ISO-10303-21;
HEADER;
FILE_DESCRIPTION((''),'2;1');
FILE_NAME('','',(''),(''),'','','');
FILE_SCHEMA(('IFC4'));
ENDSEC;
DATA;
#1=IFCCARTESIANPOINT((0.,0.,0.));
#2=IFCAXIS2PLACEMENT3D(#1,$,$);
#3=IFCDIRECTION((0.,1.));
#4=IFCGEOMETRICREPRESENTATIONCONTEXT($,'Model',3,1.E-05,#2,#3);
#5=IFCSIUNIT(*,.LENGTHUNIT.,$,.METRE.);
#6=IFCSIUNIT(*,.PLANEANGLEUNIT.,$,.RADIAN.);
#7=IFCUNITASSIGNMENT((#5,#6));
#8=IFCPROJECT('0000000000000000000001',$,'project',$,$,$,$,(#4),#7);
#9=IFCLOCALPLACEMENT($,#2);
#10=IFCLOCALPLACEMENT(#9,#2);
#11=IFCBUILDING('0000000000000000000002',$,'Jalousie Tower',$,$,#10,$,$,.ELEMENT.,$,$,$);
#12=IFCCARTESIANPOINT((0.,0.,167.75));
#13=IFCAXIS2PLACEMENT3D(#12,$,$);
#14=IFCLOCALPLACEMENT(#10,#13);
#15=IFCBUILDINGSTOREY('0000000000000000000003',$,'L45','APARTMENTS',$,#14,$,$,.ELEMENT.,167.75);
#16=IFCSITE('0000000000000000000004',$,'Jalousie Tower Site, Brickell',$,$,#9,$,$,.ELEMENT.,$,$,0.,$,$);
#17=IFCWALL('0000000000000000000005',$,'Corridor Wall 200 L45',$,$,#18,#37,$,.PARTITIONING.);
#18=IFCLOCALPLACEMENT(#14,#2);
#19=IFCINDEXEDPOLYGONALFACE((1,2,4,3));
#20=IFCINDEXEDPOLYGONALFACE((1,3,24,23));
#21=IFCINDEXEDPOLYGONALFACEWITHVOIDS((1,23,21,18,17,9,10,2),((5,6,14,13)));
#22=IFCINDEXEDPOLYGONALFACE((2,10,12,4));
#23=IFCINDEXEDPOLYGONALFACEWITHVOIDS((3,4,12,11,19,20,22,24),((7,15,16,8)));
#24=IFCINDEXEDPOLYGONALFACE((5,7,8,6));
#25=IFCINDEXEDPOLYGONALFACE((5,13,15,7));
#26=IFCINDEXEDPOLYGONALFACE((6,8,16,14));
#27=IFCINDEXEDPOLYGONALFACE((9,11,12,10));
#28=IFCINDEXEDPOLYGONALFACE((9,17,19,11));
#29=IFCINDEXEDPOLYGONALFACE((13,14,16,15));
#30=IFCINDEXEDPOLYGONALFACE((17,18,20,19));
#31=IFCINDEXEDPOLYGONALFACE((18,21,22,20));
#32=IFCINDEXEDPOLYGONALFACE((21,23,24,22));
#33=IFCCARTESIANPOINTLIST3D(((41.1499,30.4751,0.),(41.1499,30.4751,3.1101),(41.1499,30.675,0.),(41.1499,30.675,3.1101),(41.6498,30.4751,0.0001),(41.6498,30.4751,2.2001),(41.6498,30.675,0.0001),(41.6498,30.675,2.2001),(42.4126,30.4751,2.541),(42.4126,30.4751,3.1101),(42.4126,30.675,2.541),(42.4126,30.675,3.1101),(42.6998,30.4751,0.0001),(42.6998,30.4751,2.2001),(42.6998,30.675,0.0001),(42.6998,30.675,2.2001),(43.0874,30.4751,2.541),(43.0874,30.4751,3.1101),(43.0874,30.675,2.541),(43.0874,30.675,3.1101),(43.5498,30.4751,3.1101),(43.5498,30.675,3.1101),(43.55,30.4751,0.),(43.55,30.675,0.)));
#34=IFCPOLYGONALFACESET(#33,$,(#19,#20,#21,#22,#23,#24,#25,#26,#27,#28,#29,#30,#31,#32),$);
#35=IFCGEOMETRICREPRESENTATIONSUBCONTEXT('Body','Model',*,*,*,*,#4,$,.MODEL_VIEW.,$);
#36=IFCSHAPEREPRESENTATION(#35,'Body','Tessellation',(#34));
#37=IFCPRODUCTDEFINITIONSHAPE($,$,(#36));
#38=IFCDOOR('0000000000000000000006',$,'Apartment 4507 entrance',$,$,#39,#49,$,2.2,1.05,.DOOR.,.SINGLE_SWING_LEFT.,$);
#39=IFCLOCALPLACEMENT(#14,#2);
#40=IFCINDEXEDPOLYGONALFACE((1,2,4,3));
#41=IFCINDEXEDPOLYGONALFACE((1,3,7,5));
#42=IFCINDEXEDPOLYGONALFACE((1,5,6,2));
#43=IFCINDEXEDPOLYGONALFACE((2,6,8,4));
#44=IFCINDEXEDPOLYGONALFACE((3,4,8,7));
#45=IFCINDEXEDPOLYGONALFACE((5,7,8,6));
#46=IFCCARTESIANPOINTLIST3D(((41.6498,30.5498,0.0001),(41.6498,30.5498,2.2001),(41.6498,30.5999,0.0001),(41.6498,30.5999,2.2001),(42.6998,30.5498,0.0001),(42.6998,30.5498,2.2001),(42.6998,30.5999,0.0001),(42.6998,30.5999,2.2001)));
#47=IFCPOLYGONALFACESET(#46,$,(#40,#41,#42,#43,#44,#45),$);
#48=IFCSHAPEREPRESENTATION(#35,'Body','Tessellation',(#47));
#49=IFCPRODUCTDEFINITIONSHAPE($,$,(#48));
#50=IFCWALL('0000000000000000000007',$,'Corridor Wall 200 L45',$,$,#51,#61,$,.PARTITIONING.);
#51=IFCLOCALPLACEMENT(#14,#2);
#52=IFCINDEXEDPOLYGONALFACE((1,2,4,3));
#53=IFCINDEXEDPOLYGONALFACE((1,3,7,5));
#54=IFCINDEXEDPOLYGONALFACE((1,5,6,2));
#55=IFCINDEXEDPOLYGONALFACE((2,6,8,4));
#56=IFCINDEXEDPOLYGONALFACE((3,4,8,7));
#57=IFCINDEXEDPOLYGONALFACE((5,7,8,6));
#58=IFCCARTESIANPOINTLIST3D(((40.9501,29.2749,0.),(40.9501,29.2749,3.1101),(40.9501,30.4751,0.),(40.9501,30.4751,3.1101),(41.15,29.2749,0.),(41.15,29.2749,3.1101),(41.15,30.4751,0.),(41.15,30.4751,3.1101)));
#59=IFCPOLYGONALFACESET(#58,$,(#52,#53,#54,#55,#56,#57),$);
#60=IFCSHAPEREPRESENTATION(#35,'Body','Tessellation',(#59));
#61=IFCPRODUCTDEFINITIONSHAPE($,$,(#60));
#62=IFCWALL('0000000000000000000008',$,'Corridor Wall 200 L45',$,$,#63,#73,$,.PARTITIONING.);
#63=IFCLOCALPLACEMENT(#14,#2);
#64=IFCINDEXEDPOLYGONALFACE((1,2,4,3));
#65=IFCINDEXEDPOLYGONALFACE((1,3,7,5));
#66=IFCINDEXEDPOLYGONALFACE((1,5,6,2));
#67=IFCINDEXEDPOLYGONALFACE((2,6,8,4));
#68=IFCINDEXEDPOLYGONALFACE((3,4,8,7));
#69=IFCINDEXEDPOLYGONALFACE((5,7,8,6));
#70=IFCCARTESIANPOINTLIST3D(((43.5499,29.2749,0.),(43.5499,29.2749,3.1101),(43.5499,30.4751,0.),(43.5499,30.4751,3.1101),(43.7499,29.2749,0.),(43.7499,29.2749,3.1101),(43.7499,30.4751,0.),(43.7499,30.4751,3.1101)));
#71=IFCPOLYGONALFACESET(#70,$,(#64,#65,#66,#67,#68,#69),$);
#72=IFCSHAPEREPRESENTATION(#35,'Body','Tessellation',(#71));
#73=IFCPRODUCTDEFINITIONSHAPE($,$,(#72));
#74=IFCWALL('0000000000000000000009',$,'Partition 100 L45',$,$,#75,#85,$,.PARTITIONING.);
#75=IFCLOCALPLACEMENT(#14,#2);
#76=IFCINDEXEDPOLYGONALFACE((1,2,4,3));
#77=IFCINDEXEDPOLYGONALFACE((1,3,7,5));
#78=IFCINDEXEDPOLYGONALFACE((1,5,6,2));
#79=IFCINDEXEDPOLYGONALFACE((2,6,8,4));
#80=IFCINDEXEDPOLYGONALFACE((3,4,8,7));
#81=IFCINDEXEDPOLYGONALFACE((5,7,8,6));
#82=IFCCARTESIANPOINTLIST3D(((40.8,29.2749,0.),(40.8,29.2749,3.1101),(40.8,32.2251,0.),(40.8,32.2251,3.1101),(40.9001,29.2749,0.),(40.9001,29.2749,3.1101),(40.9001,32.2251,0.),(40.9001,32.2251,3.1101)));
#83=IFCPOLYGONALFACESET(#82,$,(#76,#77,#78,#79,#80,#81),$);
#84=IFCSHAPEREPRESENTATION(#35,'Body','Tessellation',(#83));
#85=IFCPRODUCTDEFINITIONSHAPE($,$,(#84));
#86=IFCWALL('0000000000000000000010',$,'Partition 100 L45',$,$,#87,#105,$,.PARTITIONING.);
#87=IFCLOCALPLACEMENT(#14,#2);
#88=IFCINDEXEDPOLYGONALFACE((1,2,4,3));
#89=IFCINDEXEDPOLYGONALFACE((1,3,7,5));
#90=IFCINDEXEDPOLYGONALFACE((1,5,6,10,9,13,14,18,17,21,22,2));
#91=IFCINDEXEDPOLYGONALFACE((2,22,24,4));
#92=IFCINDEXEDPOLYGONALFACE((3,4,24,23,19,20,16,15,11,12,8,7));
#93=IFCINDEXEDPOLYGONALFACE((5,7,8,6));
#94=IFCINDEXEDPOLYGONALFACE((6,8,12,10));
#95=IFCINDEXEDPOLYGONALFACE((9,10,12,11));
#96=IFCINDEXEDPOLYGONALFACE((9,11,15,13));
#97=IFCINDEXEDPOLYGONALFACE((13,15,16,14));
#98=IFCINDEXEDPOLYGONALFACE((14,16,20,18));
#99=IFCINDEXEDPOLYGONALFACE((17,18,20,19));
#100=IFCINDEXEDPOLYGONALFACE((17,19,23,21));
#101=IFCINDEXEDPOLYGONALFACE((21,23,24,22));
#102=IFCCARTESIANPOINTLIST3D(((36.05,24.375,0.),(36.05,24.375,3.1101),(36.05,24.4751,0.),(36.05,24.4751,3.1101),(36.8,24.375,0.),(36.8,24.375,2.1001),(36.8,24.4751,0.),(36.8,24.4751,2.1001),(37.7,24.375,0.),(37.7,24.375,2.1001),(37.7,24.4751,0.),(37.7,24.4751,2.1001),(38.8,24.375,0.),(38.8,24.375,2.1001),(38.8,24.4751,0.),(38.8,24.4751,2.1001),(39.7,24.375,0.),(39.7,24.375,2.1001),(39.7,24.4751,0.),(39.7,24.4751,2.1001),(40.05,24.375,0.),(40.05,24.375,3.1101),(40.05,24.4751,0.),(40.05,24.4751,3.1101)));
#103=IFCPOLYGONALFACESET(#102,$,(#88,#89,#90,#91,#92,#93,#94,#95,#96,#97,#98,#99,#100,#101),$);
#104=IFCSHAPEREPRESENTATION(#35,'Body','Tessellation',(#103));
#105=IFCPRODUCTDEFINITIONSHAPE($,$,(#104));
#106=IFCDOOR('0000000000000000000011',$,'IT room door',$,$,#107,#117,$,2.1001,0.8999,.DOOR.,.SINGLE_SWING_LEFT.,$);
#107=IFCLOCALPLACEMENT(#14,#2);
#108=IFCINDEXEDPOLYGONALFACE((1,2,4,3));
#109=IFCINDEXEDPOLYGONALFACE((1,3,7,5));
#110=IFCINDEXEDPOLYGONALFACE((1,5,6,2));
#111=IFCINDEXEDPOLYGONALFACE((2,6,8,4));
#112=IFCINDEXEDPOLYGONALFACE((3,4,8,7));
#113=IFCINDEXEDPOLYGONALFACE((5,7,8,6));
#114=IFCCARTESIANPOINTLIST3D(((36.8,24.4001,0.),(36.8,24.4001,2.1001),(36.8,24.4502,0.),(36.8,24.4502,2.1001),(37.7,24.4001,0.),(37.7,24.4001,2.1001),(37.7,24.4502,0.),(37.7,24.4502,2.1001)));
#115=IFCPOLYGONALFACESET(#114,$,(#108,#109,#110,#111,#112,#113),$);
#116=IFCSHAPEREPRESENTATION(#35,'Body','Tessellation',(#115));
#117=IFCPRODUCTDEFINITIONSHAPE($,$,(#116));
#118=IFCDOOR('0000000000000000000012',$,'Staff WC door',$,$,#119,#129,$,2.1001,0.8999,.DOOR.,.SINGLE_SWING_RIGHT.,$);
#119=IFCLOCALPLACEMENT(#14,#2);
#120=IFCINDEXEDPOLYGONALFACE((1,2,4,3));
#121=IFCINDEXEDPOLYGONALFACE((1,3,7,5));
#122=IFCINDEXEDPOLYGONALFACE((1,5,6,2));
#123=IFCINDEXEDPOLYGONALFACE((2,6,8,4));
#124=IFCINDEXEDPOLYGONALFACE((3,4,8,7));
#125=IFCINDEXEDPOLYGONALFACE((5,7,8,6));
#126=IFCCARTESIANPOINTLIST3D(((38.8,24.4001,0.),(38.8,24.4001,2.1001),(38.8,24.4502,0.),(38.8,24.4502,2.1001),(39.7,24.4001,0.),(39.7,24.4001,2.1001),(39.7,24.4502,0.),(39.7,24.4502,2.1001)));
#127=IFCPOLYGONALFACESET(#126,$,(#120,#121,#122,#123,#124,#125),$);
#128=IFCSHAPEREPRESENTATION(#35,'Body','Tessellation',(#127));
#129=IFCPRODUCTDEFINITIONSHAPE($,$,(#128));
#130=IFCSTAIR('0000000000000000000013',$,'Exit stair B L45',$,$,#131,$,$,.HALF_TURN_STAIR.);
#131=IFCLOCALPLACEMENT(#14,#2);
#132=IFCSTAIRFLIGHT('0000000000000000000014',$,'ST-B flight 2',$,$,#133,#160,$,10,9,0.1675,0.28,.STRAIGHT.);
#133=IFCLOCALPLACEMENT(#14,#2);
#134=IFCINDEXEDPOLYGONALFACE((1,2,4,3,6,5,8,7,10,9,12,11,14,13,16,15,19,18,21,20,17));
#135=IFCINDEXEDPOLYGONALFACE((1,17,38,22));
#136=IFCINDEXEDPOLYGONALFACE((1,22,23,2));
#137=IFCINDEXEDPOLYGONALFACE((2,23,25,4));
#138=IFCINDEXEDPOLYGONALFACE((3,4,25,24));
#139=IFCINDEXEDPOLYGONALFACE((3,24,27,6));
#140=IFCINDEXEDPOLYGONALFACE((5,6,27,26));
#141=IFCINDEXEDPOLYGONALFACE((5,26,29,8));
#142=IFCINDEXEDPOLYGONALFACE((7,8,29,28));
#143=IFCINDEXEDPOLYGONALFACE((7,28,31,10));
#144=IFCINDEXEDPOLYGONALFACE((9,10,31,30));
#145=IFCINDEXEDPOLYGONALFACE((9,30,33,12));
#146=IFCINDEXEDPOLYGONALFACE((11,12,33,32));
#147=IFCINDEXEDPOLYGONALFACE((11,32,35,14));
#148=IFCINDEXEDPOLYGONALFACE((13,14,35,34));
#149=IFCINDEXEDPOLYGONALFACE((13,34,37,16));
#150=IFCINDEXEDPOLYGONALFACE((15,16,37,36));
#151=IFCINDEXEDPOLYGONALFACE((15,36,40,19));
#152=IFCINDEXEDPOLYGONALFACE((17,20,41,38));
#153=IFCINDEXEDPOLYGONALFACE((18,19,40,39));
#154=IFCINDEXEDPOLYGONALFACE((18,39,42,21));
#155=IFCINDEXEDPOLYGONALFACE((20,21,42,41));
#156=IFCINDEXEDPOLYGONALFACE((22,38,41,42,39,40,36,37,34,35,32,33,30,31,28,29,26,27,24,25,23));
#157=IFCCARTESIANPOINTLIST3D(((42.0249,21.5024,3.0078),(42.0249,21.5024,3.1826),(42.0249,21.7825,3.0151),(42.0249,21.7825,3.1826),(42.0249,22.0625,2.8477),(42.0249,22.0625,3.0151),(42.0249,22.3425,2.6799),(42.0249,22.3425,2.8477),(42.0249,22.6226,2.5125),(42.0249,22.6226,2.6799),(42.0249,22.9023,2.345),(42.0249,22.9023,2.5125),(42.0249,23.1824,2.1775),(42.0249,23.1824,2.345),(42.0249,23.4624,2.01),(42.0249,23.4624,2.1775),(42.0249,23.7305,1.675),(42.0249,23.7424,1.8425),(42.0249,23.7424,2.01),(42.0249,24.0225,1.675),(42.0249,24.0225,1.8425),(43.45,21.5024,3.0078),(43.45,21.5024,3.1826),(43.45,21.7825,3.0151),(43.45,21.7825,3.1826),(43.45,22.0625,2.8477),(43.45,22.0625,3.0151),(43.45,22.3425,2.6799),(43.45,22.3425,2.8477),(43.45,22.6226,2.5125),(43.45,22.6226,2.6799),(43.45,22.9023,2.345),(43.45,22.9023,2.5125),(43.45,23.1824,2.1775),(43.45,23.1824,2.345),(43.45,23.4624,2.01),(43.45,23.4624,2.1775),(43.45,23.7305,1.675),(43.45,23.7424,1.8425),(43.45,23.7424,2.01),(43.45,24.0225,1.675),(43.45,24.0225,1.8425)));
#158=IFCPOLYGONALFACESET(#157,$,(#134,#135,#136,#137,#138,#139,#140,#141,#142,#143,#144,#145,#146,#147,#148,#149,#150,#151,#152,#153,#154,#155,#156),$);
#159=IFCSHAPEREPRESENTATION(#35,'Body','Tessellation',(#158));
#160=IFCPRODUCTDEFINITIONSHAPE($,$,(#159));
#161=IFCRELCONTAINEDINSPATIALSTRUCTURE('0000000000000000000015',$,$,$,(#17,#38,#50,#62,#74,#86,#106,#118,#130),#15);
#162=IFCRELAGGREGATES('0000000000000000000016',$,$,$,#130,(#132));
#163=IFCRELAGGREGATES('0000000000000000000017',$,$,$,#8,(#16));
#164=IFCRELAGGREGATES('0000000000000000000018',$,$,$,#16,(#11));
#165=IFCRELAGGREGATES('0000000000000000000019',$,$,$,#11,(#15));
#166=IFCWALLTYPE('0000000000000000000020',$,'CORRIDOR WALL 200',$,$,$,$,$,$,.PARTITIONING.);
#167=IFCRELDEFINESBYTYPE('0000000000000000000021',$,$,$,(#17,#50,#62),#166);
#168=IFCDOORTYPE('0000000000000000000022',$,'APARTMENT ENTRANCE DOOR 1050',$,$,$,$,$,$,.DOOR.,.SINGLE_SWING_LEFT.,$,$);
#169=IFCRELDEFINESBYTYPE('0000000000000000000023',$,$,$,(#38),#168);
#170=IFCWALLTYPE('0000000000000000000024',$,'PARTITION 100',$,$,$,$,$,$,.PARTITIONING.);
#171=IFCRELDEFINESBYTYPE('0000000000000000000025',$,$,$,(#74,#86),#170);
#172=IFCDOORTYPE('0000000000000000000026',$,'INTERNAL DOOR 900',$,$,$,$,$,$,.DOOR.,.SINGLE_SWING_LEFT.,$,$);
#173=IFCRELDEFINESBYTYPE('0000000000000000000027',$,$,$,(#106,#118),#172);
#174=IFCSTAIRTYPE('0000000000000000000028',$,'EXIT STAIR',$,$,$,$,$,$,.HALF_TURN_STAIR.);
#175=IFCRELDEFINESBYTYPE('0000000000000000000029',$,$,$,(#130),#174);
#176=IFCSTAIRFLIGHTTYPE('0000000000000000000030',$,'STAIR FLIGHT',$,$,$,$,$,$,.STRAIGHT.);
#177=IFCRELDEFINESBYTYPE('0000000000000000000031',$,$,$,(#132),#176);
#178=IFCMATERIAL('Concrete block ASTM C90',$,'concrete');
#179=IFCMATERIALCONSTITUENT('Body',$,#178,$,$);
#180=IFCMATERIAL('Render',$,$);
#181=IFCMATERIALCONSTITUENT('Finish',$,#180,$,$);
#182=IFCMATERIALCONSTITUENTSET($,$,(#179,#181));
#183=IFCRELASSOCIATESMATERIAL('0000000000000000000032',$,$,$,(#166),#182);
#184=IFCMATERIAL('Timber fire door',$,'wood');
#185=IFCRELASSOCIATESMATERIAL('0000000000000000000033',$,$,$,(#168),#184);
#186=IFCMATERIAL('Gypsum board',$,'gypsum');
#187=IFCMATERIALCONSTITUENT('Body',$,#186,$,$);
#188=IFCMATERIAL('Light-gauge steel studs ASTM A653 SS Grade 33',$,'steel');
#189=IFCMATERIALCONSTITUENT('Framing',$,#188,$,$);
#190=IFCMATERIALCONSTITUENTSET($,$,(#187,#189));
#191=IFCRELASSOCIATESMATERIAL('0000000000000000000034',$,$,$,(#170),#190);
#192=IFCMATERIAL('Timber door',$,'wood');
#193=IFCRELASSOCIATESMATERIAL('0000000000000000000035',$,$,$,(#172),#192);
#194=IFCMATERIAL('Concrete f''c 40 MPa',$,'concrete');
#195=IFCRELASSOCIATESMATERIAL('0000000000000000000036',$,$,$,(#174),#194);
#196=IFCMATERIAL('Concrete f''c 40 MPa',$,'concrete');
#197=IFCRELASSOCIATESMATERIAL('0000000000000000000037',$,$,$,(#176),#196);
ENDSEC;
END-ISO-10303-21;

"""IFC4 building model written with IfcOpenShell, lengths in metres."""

from ifc_helpers import new_model, si_unit, direction, frame, frame_2d, origin, place, context, subcontext, project, spatial, polyline, rectangle, outline, extrude, material, constituent, constituent_set, type_object, element, fill, aggregate, save


model = new_model("IFC4")

# Units and contexts
model_context = context("Model", 3, precision=1e-05, world=origin(), true_north=direction((0.0, 1.0)))
body_context = subcontext(model_context, "Body", "Model", "MODEL_VIEW")
ifc_project = project(units=[si_unit("LENGTHUNIT", "METRE"), si_unit("PLANEANGLEUNIT", "RADIAN")], contexts=[model_context])

# Site, building, storey
site_placement = place(None, origin())
site = spatial("IfcSite", under=ifc_project, at=site_placement, Name="Jalousie Tower Site, Brickell", CompositionType="ELEMENT", RefElevation=0.0)
building_placement = place(site_placement, origin())
building = spatial("IfcBuilding", under=site, at=building_placement, Name="Jalousie Tower", CompositionType="ELEMENT")
storey_placement = place(building_placement, frame((0.0, 0.0, 167.75)))
storey = spatial("IfcBuildingStorey", under=building, at=storey_placement, Name="L45", Description="APARTMENTS", CompositionType="ELEMENT", Elevation=167.75)

# Shared definitions
ifc_material_1 = material(Name="Concrete block ASTM C90", Category="concrete")
ifc_constituent_1 = constituent(ifc_material_1, Name="Body")
ifc_material_2 = material(Name="Render")
ifc_constituent_2 = constituent(ifc_material_2, Name="Finish")
ifc_constituent_set_1 = constituent_set(constituents=[ifc_constituent_1, ifc_constituent_2])
wall_type_1 = type_object("IfcWallType", Name="CORRIDOR WALL 200", PredefinedType="PARTITIONING", material=ifc_constituent_set_1)

# Wall, opening, door
wall_1_placement = place(storey_placement, frame((41.1499, 30.575, 0.0), z_axis=(0.0, 0.0, 1.0), x_axis=(1.0, 0.0, 0.0)))
wall_1 = element("IfcWall", 1, at=wall_1_placement, inside=storey, type_object=wall_type_1, Name="Corridor Wall 200 L45", PredefinedType="PARTITIONING", context=body_context, shape_type="SweptSolid", body=[
    extrude(outline(polyline([(0.0, 0.0), (2.4001, 0.0), (2.3999, 3.1101), (1.9375, 3.1101), (1.9375, 2.541), (1.2627, 2.541), (1.2627, 3.1101), (0.0, 3.1101), (0.0, 0.0)])), frame((0.0, 0.1001, 0.0), z_axis=(0.0, -1.0, 0.0), x_axis=(1.0, 0.0, 0.0)), (0.0, 0.0, 1.0), 0.2),
])
opening_1_placement = place(wall_1_placement, frame((0.5, 0.0, 0.0)))
opening_1 = element("IfcOpeningElement", 2, at=opening_1_placement, cuts=wall_1, PredefinedType="OPENING", context=body_context, shape_type="SweptSolid", body=[
    extrude(rectangle(XDim=1.05, YDim=2.2, at=frame_2d((0.5249, 1.1001))), frame((0.0, 0.1099, 0.0), z_axis=(0.0, -1.0, 0.0), x_axis=(1.0, 0.0, 0.0)), (0.0, 0.0, 1.0), 0.22),
])
ifc_material_3 = material(Name="Timber fire door", Category="wood")
door_type_1 = type_object("IfcDoorType", Name="APARTMENT ENTRANCE DOOR 1050", OperationType="SINGLE_SWING_LEFT", PredefinedType="DOOR", material=ifc_material_3)
door_1_placement = place(opening_1_placement, origin())
door_1 = element("IfcDoor", 3, at=door_1_placement, inside=storey, type_object=door_type_1, Name="Apartment 4507 entrance", OperationType="SINGLE_SWING_LEFT", OverallHeight=2.2, OverallWidth=1.05, PredefinedType="DOOR", context=body_context, shape_type="SweptSolid", body=[
    extrude(rectangle(XDim=1.05, YDim=2.2, at=frame_2d((0.5249, 1.1001))), frame((0.0, 0.0249, 0.0), z_axis=(0.0, -1.0, 0.0), x_axis=(1.0, 0.0, 0.0)), (0.0, 0.0, 1.0), 0.05),
])
fill(opening_1, door_1)

# Walls
for number, where, z_axis, x_axis, name in (
    (4, (41.05, 29.2749, 0.0), (0.0, 0.0, 1.0), (0.0, 1.0, 0.0), "Corridor Wall 200 L45"),
    (5, (43.6499, 29.2749, 0.0), (0.0, 0.0, 1.0), (0.0, 1.0, 0.0), "Corridor Wall 200 L45"),
):
    element("IfcWall", number, at=place(storey_placement, frame(where, z_axis=z_axis, x_axis=x_axis)), inside=storey, type_object=wall_type_1, Name=name, PredefinedType="PARTITIONING", context=body_context, shape_type="SweptSolid", body=[
        extrude(rectangle(XDim=1.2002, YDim=0.2, at=frame_2d((0.6001, 0.0))), origin(), (0.0, 0.0, 1.0), 3.1101),
    ])
ifc_material_4 = material(Name="Gypsum board", Category="gypsum")
ifc_constituent_3 = constituent(ifc_material_4, Name="Body")
ifc_material_5 = material(Name="Light-gauge steel studs ASTM A653 SS Grade 33", Category="steel")
ifc_constituent_4 = constituent(ifc_material_5, Name="Framing")
ifc_constituent_set_2 = constituent_set(constituents=[ifc_constituent_3, ifc_constituent_4])
wall_type_2 = type_object("IfcWallType", Name="PARTITION 100", PredefinedType="PARTITIONING", material=ifc_constituent_set_2)
wall_2_placement = place(storey_placement, frame((40.8501, 32.2251, 0.0), z_axis=(0.0, 0.0, 1.0), x_axis=(0.0, -1.0, 0.0)))
element("IfcWall", 6, at=wall_2_placement, inside=storey, type_object=wall_type_2, Name="Partition 100 L45", PredefinedType="PARTITIONING", context=body_context, shape_type="SweptSolid", body=[
    extrude(rectangle(XDim=2.9502, YDim=0.1001, at=frame_2d((1.4751, 0.0))), origin(), (0.0, 0.0, 1.0), 3.1101),
])

# Wall, openings, doors
wall_3_placement = place(storey_placement, frame((36.05, 24.425, 0.0), z_axis=(0.0, 0.0, 1.0), x_axis=(1.0, 0.0, 0.0)))
wall_3 = element("IfcWall", 7, at=wall_3_placement, inside=storey, type_object=wall_type_2, Name="Partition 100 L45", PredefinedType="PARTITIONING", context=body_context, shape_type="SweptSolid", body=[
    extrude(rectangle(XDim=4.0, YDim=0.1001, at=frame_2d((2.0, 0.0))), origin(), (0.0, 0.0, 1.0), 3.1101),
])
opening_2_placement = place(wall_3_placement, frame((0.75, 0.0, 0.0)))
opening_2 = element("IfcOpeningElement", 8, at=opening_2_placement, cuts=wall_3, PredefinedType="OPENING", context=body_context, shape_type="SweptSolid", body=[
    extrude(rectangle(XDim=0.8999, YDim=2.1001, at=frame_2d((0.45, 1.05))), frame((0.0, 0.0601, 0.0), z_axis=(0.0, -1.0, 0.0), x_axis=(1.0, 0.0, 0.0)), (0.0, 0.0, 1.0), 0.1201),
])
opening_3_placement = place(wall_3_placement, frame((2.75, 0.0, 0.0)))
opening_3 = element("IfcOpeningElement", 9, at=opening_3_placement, cuts=wall_3, PredefinedType="OPENING", context=body_context, shape_type="SweptSolid", body=[
    extrude(rectangle(XDim=0.8999, YDim=2.1001, at=frame_2d((0.45, 1.05))), frame((0.0, 0.0601, 0.0), z_axis=(0.0, -1.0, 0.0), x_axis=(1.0, 0.0, 0.0)), (0.0, 0.0, 1.0), 0.1201),
])
ifc_material_6 = material(Name="Timber door", Category="wood")
door_type_2 = type_object("IfcDoorType", Name="INTERNAL DOOR 900", OperationType="SINGLE_SWING_LEFT", PredefinedType="DOOR", material=ifc_material_6)
door_2_placement = place(opening_2_placement, frame((0.8999, 0.0, 0.0), z_axis=(0.0, 0.0, 1.0), x_axis=(-1.0, 0.0, 0.0)))
door_2 = element("IfcDoor", 10, at=door_2_placement, inside=storey, type_object=door_type_2, Name="IT room door", OperationType="SINGLE_SWING_LEFT", OverallHeight=2.1001, OverallWidth=0.8999, PredefinedType="DOOR", context=body_context, shape_type="SweptSolid", body=[
    extrude(rectangle(XDim=0.8999, YDim=2.1001, at=frame_2d((0.45, 1.05))), frame((0.0, 0.0249, 0.0), z_axis=(0.0, -1.0, 0.0), x_axis=(1.0, 0.0, 0.0)), (0.0, 0.0, 1.0), 0.05),
])
fill(opening_2, door_2)
door_3_placement = place(opening_3_placement, frame((0.8999, 0.0, 0.0), z_axis=(0.0, 0.0, 1.0), x_axis=(-1.0, 0.0, 0.0)))
door_3 = element("IfcDoor", 11, at=door_3_placement, inside=storey, type_object=door_type_2, Name="Staff WC door", OperationType="SINGLE_SWING_RIGHT", OverallHeight=2.1001, OverallWidth=0.8999, PredefinedType="DOOR", context=body_context, shape_type="SweptSolid", body=[
    extrude(rectangle(XDim=0.8999, YDim=2.1001, at=frame_2d((0.45, 1.05))), frame((0.0, 0.0249, 0.0), z_axis=(0.0, -1.0, 0.0), x_axis=(1.0, 0.0, 0.0)), (0.0, 0.0, 1.0), 0.05),
])
fill(opening_3, door_3)

# Stair, stair flight
ifc_material_7 = material(Name="Concrete f'c 40 MPa", Category="concrete")
stair_type = type_object("IfcStairType", Name="EXIT STAIR", PredefinedType="HALF_TURN_STAIR", material=ifc_material_7)
stair_placement = place(storey_placement, origin())
stair = element("IfcStair", 12, at=stair_placement, inside=storey, type_object=stair_type, Name="Exit stair B L45", PredefinedType="HALF_TURN_STAIR")
ifc_material_8 = material(Name="Concrete f'c 40 MPa", Category="concrete")
stair_flight_type = type_object("IfcStairFlightType", Name="STAIR FLIGHT", PredefinedType="STRAIGHT", material=ifc_material_8)
stair_flight_placement = place(storey_placement, frame((42.7375, 24.0225, 1.675), z_axis=(0.0, 0.0, 1.0), x_axis=(0.0, -1.0, 0.0)))
stair_flight = element("IfcStairFlight", 13, at=stair_flight_placement, type_object=stair_flight_type, Name="ST-B flight 2", NumberOfRisers=10, NumberOfTreads=9, PredefinedType="STRAIGHT", RiserHeight=0.1675, TreadLength=0.28, context=body_context, shape_type="SweptSolid", body=[
    extrude(outline(polyline([(0.0, 0.0), (0.0, 0.1675), (0.28, 0.1675), (0.28, 0.335), (0.5601, 0.335), (0.5601, 0.5024), (0.8401, 0.5024), (0.8401, 0.6699), (1.1201, 0.6699), (1.1201, 0.8374), (1.3999, 0.8374), (1.3999, 1.0049), (1.6799, 1.0049), (1.6799, 1.1726), (1.96, 1.1726), (1.96, 1.3401), (2.24, 1.3401), (2.24, 1.5076), (2.52, 1.5076), (2.52, 1.675), (2.52, 1.3328), (0.292, 0.0), (0.0, 0.0)])), frame((0.0, 0.7124, 0.0), z_axis=(0.0, -1.0, 0.0), x_axis=(1.0, 0.0, 0.0)), (0.0, 0.0, 1.0), 1.425),
])
aggregate(stair, [stair_flight])

save(model, "model.ifc")
